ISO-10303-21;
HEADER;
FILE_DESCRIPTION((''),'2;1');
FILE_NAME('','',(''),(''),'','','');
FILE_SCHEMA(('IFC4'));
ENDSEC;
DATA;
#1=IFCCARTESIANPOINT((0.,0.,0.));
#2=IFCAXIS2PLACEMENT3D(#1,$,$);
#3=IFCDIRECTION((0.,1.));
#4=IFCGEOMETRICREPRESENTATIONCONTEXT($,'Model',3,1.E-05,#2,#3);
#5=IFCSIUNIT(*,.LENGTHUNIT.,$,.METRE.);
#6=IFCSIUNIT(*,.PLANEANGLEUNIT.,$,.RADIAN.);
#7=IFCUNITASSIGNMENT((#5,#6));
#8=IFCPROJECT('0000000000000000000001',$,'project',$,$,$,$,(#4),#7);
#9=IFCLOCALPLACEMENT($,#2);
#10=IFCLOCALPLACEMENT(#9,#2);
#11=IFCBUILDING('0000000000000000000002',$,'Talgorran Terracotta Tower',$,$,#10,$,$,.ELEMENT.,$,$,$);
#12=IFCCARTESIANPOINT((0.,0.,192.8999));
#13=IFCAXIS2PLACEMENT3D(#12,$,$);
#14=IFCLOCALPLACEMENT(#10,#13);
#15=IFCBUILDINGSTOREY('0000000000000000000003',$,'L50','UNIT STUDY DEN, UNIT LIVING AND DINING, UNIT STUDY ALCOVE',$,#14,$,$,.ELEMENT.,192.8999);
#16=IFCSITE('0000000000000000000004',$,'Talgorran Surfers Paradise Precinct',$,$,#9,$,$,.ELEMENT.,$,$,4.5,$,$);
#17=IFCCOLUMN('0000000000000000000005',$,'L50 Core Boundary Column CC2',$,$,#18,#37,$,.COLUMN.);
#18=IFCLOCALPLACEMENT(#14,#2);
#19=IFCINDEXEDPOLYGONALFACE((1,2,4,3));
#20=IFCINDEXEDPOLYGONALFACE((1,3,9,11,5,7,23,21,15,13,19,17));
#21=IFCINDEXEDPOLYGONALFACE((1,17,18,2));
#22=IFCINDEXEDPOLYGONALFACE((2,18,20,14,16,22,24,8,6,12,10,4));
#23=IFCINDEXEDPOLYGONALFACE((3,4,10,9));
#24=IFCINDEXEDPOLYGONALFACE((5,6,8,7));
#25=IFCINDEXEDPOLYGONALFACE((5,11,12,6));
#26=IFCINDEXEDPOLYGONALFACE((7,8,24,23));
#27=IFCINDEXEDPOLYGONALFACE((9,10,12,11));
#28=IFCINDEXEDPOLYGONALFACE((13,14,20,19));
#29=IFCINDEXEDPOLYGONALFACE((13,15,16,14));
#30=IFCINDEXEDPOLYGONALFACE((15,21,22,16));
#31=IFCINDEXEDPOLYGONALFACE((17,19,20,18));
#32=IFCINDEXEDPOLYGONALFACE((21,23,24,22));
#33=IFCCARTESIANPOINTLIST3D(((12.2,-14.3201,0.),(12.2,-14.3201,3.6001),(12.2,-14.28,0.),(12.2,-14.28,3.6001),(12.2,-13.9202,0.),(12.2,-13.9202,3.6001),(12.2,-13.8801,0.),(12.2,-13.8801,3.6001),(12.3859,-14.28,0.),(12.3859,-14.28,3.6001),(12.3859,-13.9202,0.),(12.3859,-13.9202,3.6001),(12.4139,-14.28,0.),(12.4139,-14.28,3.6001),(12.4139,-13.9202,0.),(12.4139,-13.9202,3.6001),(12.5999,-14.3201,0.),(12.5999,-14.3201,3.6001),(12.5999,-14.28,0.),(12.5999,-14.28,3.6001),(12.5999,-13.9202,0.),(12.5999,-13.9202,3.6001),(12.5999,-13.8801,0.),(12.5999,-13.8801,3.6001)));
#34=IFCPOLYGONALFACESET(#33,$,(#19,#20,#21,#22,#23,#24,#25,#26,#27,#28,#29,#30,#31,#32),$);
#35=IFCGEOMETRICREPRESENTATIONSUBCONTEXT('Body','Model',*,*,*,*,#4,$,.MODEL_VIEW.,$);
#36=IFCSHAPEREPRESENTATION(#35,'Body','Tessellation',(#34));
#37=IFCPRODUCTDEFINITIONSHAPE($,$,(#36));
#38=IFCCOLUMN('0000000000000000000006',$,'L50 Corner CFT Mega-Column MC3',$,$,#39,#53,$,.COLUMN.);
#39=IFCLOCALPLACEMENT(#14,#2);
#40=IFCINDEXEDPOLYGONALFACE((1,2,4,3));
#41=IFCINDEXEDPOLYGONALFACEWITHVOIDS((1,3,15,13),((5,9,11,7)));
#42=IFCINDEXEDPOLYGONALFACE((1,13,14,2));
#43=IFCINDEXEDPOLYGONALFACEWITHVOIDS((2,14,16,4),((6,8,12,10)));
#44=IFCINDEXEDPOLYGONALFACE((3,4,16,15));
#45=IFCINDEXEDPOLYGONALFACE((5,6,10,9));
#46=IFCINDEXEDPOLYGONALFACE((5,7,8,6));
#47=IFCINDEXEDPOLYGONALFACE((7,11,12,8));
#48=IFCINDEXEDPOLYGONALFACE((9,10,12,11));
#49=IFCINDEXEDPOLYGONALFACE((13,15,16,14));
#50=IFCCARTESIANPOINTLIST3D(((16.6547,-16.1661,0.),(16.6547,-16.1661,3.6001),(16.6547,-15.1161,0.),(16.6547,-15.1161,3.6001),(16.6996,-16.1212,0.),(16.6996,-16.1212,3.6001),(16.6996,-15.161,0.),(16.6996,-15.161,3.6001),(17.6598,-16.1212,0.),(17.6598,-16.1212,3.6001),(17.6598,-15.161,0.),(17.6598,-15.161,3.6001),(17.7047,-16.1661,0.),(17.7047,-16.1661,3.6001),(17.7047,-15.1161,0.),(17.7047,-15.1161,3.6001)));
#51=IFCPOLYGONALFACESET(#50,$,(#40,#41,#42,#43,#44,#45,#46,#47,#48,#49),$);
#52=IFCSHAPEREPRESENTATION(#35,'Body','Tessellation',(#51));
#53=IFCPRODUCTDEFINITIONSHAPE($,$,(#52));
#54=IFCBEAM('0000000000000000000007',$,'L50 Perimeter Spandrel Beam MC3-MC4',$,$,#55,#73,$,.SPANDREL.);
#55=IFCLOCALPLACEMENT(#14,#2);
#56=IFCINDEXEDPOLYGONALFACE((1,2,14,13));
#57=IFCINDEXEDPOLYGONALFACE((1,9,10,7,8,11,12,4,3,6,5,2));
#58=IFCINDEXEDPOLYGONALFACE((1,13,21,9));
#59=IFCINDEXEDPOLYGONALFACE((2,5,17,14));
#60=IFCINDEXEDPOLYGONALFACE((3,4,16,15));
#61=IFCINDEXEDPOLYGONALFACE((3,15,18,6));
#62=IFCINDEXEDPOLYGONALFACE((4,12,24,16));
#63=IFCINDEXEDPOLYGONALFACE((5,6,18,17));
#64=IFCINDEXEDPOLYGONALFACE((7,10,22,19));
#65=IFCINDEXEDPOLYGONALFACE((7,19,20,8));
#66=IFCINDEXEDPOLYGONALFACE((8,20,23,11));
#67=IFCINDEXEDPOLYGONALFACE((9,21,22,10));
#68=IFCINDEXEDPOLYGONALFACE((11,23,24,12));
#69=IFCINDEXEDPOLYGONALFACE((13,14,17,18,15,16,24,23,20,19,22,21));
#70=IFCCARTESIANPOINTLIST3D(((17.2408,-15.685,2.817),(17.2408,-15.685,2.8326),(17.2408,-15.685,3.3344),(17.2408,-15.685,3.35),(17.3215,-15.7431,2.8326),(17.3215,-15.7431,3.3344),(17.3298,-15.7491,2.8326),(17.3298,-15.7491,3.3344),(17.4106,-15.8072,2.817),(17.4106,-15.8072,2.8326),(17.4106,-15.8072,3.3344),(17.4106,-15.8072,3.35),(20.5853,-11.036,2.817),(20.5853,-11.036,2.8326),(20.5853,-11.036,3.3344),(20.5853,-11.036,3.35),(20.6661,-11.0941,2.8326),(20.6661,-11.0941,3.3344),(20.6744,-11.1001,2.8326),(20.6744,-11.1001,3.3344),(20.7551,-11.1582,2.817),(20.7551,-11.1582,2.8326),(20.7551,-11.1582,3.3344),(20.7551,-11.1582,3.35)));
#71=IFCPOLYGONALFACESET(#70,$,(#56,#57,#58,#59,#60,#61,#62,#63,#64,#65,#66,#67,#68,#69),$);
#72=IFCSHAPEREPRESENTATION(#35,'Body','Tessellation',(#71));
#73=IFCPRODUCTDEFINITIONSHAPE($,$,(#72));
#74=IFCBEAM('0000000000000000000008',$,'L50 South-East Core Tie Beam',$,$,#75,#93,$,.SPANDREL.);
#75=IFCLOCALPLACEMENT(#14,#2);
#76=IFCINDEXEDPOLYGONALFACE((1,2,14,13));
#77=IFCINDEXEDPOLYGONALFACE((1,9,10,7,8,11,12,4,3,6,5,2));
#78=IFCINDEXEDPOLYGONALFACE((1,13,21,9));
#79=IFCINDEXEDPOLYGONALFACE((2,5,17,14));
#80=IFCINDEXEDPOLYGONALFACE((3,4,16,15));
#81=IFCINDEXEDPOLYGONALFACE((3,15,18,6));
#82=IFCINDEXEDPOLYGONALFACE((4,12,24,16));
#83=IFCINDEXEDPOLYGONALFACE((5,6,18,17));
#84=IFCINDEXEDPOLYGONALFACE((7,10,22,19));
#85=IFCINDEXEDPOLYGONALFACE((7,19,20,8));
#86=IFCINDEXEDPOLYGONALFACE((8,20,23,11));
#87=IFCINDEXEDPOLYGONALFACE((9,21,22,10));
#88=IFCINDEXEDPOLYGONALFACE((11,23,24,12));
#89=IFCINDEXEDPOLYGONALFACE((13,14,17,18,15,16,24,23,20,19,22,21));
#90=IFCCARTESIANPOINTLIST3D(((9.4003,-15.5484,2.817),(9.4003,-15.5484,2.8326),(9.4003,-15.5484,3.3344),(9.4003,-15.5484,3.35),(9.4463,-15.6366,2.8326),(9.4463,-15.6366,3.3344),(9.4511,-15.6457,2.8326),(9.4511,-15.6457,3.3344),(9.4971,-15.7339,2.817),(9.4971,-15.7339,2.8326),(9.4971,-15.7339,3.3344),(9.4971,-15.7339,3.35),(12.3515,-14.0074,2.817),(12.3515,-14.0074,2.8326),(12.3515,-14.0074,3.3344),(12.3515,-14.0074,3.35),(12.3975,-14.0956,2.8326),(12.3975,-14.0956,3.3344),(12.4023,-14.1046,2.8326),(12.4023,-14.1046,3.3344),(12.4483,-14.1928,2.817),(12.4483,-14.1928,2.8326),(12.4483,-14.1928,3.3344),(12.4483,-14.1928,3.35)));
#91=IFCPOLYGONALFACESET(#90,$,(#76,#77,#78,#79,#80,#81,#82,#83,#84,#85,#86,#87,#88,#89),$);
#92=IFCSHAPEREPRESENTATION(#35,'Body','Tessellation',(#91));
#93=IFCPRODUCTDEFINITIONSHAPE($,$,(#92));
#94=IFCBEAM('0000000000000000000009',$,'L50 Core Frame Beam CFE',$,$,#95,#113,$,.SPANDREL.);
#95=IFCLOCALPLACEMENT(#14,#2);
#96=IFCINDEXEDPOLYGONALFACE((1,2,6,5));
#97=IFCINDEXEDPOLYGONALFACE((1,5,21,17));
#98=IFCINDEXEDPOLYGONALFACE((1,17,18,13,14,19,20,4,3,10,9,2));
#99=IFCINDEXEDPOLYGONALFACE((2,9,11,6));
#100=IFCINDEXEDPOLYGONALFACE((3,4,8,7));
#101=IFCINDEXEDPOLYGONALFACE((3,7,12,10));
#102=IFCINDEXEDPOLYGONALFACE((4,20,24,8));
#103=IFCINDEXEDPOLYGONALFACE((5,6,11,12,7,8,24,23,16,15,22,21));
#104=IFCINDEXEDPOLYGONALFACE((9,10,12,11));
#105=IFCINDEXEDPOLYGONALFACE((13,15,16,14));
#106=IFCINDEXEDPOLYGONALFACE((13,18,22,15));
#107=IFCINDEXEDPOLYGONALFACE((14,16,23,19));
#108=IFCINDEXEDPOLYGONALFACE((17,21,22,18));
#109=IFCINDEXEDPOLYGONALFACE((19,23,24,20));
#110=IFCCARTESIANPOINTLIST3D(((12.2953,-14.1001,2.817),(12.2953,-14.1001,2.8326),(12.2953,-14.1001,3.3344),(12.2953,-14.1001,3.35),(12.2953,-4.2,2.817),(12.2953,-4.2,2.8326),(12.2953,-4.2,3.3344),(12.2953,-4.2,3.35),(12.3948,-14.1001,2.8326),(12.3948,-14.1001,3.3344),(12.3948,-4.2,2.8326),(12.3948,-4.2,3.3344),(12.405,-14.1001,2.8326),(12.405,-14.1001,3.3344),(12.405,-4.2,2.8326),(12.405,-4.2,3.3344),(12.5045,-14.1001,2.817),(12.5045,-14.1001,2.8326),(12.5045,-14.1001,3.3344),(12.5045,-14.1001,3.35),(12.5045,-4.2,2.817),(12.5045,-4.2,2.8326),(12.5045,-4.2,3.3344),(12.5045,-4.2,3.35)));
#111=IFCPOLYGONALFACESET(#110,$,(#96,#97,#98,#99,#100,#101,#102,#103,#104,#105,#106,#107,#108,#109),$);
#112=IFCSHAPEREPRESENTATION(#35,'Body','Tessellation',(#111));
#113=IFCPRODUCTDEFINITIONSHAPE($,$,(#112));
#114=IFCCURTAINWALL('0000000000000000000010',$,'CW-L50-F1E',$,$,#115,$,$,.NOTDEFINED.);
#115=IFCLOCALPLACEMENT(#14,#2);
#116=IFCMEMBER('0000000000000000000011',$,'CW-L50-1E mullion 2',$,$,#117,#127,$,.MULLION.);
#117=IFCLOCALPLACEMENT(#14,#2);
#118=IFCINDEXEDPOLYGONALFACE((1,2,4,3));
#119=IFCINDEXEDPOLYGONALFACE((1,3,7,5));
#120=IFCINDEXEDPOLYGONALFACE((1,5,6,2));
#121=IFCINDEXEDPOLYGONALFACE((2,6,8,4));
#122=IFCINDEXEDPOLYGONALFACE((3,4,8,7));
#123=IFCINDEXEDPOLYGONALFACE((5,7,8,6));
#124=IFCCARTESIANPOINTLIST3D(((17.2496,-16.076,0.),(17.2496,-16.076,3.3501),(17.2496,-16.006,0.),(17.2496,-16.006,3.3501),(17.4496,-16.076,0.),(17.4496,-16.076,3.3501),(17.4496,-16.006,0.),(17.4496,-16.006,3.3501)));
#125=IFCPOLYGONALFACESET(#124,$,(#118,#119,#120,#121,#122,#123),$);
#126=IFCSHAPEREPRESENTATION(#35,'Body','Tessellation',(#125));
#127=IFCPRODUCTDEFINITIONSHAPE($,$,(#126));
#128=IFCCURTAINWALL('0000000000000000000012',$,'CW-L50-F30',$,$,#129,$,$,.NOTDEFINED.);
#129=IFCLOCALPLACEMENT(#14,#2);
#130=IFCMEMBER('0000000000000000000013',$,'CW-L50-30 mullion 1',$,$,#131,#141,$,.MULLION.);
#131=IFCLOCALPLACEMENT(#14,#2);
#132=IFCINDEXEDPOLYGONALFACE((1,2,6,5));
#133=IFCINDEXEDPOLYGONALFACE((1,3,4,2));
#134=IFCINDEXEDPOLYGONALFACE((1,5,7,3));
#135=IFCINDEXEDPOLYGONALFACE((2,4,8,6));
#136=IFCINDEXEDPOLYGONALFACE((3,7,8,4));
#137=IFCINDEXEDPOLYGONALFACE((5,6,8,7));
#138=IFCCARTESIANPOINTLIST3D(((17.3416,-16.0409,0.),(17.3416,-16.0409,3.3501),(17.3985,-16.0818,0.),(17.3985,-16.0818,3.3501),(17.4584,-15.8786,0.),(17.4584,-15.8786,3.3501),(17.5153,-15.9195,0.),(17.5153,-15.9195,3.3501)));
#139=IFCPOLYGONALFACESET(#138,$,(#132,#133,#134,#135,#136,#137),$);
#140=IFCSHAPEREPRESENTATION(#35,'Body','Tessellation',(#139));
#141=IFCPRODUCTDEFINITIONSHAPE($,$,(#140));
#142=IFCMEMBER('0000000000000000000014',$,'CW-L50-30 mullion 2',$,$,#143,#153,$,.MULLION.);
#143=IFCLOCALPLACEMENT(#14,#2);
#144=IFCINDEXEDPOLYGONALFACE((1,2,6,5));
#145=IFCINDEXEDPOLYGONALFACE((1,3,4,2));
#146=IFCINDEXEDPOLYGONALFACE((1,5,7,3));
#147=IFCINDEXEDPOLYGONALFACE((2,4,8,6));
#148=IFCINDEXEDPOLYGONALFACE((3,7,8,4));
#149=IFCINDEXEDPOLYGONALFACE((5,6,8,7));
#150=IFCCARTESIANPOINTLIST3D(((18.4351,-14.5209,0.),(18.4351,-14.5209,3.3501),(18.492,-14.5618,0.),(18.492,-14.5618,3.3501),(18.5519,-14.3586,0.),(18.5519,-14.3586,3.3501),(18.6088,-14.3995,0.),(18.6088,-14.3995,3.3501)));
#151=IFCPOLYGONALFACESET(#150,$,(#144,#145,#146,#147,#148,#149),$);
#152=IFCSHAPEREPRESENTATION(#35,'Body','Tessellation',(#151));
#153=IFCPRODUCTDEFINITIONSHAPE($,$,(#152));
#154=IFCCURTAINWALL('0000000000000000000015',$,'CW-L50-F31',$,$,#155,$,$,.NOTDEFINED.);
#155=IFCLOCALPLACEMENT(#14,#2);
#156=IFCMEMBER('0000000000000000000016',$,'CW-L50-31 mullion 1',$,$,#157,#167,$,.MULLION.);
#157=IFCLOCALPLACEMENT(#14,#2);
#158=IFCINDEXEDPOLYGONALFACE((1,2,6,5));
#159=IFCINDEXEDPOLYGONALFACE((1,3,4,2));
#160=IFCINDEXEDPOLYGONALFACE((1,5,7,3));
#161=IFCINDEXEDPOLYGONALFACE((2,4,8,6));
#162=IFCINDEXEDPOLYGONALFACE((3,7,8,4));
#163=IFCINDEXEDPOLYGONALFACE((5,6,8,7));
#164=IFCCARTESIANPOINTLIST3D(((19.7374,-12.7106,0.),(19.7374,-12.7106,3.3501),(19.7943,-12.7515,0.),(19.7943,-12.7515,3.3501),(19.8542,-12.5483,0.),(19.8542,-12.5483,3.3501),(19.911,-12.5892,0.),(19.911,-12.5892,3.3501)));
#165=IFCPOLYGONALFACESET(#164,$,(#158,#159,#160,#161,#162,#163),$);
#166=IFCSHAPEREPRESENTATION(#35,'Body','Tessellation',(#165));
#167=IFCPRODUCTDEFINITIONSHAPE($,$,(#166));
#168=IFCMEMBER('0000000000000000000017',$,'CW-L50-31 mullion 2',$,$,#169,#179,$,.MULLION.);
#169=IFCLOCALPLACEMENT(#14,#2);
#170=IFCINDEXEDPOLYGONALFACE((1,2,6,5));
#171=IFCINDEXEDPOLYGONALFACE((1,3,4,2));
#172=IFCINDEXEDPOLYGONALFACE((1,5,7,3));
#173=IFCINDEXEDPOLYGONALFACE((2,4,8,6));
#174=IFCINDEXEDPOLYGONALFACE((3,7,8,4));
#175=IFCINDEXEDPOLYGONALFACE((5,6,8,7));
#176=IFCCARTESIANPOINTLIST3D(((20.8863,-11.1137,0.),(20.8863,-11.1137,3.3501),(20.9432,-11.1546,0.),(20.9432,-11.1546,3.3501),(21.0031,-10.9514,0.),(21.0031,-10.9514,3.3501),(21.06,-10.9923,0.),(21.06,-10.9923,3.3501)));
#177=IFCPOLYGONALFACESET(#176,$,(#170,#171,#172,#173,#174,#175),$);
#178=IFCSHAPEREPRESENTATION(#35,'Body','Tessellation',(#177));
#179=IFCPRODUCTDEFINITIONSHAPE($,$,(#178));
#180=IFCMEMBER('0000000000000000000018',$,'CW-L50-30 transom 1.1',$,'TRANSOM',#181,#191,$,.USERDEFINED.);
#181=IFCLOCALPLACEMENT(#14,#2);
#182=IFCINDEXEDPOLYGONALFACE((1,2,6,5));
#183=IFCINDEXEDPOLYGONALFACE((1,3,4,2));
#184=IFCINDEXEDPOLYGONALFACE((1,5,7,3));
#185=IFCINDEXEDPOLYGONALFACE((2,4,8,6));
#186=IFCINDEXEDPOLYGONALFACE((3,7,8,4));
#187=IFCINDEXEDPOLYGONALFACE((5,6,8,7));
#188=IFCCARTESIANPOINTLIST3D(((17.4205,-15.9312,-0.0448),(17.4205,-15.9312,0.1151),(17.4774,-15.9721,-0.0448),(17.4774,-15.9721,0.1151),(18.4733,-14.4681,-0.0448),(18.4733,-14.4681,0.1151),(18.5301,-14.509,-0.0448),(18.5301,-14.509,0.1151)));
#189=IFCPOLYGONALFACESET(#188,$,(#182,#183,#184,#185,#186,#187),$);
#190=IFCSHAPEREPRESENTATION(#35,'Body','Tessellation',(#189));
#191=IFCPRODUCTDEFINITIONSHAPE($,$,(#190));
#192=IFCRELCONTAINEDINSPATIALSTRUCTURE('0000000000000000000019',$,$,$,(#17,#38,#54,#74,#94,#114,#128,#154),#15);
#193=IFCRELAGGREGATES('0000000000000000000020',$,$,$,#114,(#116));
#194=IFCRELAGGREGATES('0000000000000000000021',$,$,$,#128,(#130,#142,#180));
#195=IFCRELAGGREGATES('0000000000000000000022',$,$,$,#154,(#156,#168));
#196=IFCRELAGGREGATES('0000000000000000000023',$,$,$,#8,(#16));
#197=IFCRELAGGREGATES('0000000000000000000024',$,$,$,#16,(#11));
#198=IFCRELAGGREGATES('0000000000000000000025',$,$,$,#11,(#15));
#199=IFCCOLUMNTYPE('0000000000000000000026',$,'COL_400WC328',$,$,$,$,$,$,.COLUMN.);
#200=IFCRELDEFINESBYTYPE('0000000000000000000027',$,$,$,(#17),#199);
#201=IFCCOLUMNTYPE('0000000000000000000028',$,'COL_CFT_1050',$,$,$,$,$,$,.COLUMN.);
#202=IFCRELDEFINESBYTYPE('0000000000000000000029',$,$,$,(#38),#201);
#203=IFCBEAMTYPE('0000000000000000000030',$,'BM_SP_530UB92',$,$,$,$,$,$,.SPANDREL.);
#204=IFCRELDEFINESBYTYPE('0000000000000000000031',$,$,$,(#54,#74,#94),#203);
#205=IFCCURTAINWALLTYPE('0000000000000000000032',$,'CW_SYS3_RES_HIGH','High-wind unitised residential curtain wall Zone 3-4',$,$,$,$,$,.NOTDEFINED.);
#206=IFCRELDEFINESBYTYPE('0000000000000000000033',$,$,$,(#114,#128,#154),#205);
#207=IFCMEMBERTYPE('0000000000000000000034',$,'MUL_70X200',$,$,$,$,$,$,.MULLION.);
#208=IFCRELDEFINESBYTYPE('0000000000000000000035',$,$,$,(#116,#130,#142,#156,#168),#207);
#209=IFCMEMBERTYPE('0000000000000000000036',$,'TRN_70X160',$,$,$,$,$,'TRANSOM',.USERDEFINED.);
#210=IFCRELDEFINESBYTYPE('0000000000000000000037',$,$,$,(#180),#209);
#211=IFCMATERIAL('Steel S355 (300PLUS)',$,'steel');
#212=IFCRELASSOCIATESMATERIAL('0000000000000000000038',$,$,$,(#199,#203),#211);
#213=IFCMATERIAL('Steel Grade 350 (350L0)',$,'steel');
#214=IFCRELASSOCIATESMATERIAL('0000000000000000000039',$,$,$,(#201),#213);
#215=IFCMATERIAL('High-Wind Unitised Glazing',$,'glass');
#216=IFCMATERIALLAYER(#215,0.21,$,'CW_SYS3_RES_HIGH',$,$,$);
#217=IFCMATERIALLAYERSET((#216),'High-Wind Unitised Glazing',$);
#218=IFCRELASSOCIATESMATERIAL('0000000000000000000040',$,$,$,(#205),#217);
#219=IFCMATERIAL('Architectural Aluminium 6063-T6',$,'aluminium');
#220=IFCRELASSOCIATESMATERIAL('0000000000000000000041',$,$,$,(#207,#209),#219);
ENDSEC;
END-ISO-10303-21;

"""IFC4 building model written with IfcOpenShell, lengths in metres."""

from ifc_helpers import new_model, si_unit, direction, frame, origin, origin_2d, place, context, subcontext, project, spatial, rectangle, hollow_rectangle, i_section, extrude, material, layer, layer_set, material_profile, profile_set, type_object, element, aggregate, save


model = new_model("IFC4")

# Units and contexts
model_context = context("Model", 3, precision=1e-05, world=origin(), true_north=direction((0.0, 1.0)))
body_context = subcontext(model_context, "Body", "Model", "MODEL_VIEW")
ifc_project = project(units=[si_unit("LENGTHUNIT", "METRE"), si_unit("PLANEANGLEUNIT", "RADIAN")], contexts=[model_context])

# Site, building, storey
site_placement = place(None, origin())
site = spatial("IfcSite", under=ifc_project, at=site_placement, Name="Talgorran Surfers Paradise Precinct", CompositionType="ELEMENT", RefElevation=4.5)
building_placement = place(site_placement, origin())
building = spatial("IfcBuilding", under=site, at=building_placement, Name="Talgorran Terracotta Tower", CompositionType="ELEMENT")
storey_placement = place(building_placement, frame((0.0, 0.0, 192.8999)))
storey = spatial("IfcBuildingStorey", under=building, at=storey_placement, Name="L50", Description="UNIT STUDY DEN, UNIT LIVING AND DINING, UNIT STUDY ALCOVE", CompositionType="ELEMENT", Elevation=192.8999)

# Columns
ifc_material_1 = material(Name="Steel S355 (300PLUS)", Category="steel")
ifc_material_profile_1 = material_profile(ifc_material_1, i_section(OverallWidth=0.3999, OverallDepth=0.4399, WebThickness=0.0281, FlangeThickness=0.04, at=origin_2d()), Name="400WC328")
ifc_profile_set_1 = profile_set([ifc_material_profile_1], Name="Steel S355 (300PLUS)")
column_type_1 = type_object("IfcColumnType", Name="COL_400WC328", PredefinedType="COLUMN", material=ifc_profile_set_1)
column_1_placement = place(storey_placement, frame((12.3999, -14.1001, 0.0), z_axis=(0.0, 0.0, 1.0), x_axis=(1.0, 0.0, 0.0)))
element("IfcColumn", 1, at=column_1_placement, inside=storey, type_object=column_type_1, Name="L50 Core Boundary Column CC2", PredefinedType="COLUMN", context=body_context, shape_type="SweptSolid", body=[
    extrude(i_section(OverallWidth=0.3999, OverallDepth=0.4399, WebThickness=0.0281, FlangeThickness=0.04, at=origin_2d()), origin(), (0.0, 0.0, 1.0), 3.6001),
])
ifc_material_2 = material(Name="Steel Grade 350 (350L0)", Category="steel")
ifc_material_profile_2 = material_profile(ifc_material_2, hollow_rectangle(XDim=1.05, YDim=1.05, WallThickness=0.0449, at=origin_2d()), Name="CFT1050X1050X45")
ifc_profile_set_2 = profile_set([ifc_material_profile_2], Name="Steel Grade 350 (350L0)")
column_type_2 = type_object("IfcColumnType", Name="COL_CFT_1050", PredefinedType="COLUMN", material=ifc_profile_set_2)
column_2_placement = place(storey_placement, frame((17.1797, -15.6411, 0.0), z_axis=(0.0, 0.0, 1.0), x_axis=(1.0, 0.0, 0.0)))
element("IfcColumn", 2, at=column_2_placement, inside=storey, type_object=column_type_2, Name="L50 Corner CFT Mega-Column MC3", PredefinedType="COLUMN", context=body_context, shape_type="SweptSolid", body=[
    extrude(hollow_rectangle(XDim=1.05, YDim=1.05, WallThickness=0.0449, at=origin_2d()), origin(), (0.0, 0.0, 1.0), 3.6001),
])

# Beams
ifc_material_profile_3 = material_profile(ifc_material_1, i_section(OverallWidth=0.2092, OverallDepth=0.533, WebThickness=0.0103, FlangeThickness=0.0156, at=origin_2d()), Name="530UB92.4")
ifc_profile_set_3 = profile_set([ifc_material_profile_3], Name="Steel S355 (300PLUS)")
beam_type = type_object("IfcBeamType", Name="BM_SP_530UB92", PredefinedType="SPANDREL", material=ifc_profile_set_3)
beam_1_placement = place(storey_placement, frame((17.3257, -15.7461, 3.0835), z_axis=(0.583989, 0.811761, 0.0), x_axis=(-0.811761, 0.583989, 0.0)))
element("IfcBeam", 3, at=beam_1_placement, inside=storey, type_object=beam_type, Name="L50 Perimeter Spandrel Beam MC3-MC4", PredefinedType="SPANDREL", context=body_context, shape_type="SweptSolid", body=[
    extrude(i_section(OverallWidth=0.2092, OverallDepth=0.533, WebThickness=0.0103, FlangeThickness=0.0156, at=origin_2d()), origin(), (0.0, 0.0, 1.0), 5.7271),
])
beam_2_placement = place(storey_placement, frame((12.3999, -14.1001, 3.0835), z_axis=(-0.886428, -0.462867, 0.0), x_axis=(0.462867, -0.886428, 0.0)))
element("IfcBeam", 4, at=beam_2_placement, inside=storey, type_object=beam_type, Name="L50 South-East Core Tie Beam", PredefinedType="SPANDREL", context=body_context, shape_type="SweptSolid", body=[
    extrude(i_section(OverallWidth=0.2092, OverallDepth=0.533, WebThickness=0.0103, FlangeThickness=0.0156, at=origin_2d()), origin(), (0.0, 0.0, 1.0), 3.3293),
])
beam_3_placement = place(storey_placement, frame((12.3999, -14.1001, 3.0835), z_axis=(0.0, 1.0, 0.0), x_axis=(-1.0, 0.0, 0.0)))
element("IfcBeam", 5, at=beam_3_placement, inside=storey, type_object=beam_type, Name="L50 Core Frame Beam CFE", PredefinedType="SPANDREL", context=body_context, shape_type="SweptSolid", body=[
    extrude(i_section(OverallWidth=0.2092, OverallDepth=0.533, WebThickness=0.0103, FlangeThickness=0.0156, at=origin_2d()), origin(), (0.0, 0.0, 1.0), 9.9001),
])

# Curtain wall, member
ifc_material_3 = material(Name="High-Wind Unitised Glazing", Category="glass")
ifc_layer_1 = layer(ifc_material_3, 0.21, Name="CW_SYS3_RES_HIGH")
ifc_layer_set_1 = layer_set([ifc_layer_1], Name="High-Wind Unitised Glazing")
curtain_wall_type = type_object("IfcCurtainWallType", Name="CW_SYS3_RES_HIGH", Description="High-wind unitised residential curtain wall Zone 3-4", PredefinedType="NOTDEFINED", material=ifc_layer_set_1)
curtain_wall_1_placement = place(storey_placement, origin())
curtain_wall_1 = element("IfcCurtainWall", 6, at=curtain_wall_1_placement, inside=storey, type_object=curtain_wall_type, Name="CW-L50-F1E", PredefinedType="NOTDEFINED")
ifc_material_4 = material(Name="Architectural Aluminium 6063-T6", Category="aluminium")
ifc_material_profile_4 = material_profile(ifc_material_4, rectangle(XDim=0.0701, YDim=0.2, at=origin_2d()), Name="CWM70X200")
ifc_profile_set_4 = profile_set([ifc_material_profile_4], Name="Architectural Aluminium 6063-T6")
member_type_1 = type_object("IfcMemberType", Name="MUL_70X200", PredefinedType="MULLION", material=ifc_profile_set_4)
member_1_placement = place(storey_placement, frame((17.3496, -16.041, 0.0), z_axis=(0.0, 0.0, 1.0), x_axis=(0.0, 1.0, 0.0)))
member_1 = element("IfcMember", 7, at=member_1_placement, type_object=member_type_1, Name="CW-L50-1E mullion 2", PredefinedType="MULLION", context=body_context, shape_type="SweptSolid", body=[
    extrude(rectangle(XDim=0.0701, YDim=0.2, at=origin_2d()), origin(), (0.0, 0.0, 1.0), 3.3501),
])

# Curtain walls, members
curtain_wall_2_placement = place(storey_placement, origin())
curtain_wall_2 = element("IfcCurtainWall", 8, at=curtain_wall_2_placement, inside=storey, type_object=curtain_wall_type, Name="CW-L50-F30", PredefinedType="NOTDEFINED")
member_2_placement = place(storey_placement, frame((17.4285, -15.9802, 0.0), z_axis=(0.0, 0.0, 1.0), x_axis=(-0.811771, 0.583976, 0.0)))
member_2 = element("IfcMember", 9, at=member_2_placement, type_object=member_type_1, Name="CW-L50-30 mullion 1", PredefinedType="MULLION", context=body_context, shape_type="SweptSolid", body=[
    extrude(rectangle(XDim=0.0701, YDim=0.2, at=origin_2d()), origin(), (0.0, 0.0, 1.0), 3.3501),
])
member_3_placement = place(storey_placement, frame((18.522, -14.4602, 0.0), z_axis=(0.0, 0.0, 1.0), x_axis=(-0.811771, 0.583976, 0.0)))
member_3 = element("IfcMember", 10, at=member_3_placement, type_object=member_type_1, Name="CW-L50-30 mullion 2", PredefinedType="MULLION", context=body_context, shape_type="SweptSolid", body=[
    extrude(rectangle(XDim=0.0701, YDim=0.2, at=origin_2d()), origin(), (0.0, 0.0, 1.0), 3.3501),
])
curtain_wall_3_placement = place(storey_placement, origin())
curtain_wall_3 = element("IfcCurtainWall", 11, at=curtain_wall_3_placement, inside=storey, type_object=curtain_wall_type, Name="CW-L50-F31", PredefinedType="NOTDEFINED")
member_4_placement = place(storey_placement, frame((19.8242, -12.6499, 0.0), z_axis=(0.0, 0.0, 1.0), x_axis=(-0.811782, 0.583961, 0.0)))
member_4 = element("IfcMember", 12, at=member_4_placement, type_object=member_type_1, Name="CW-L50-31 mullion 1", PredefinedType="MULLION", context=body_context, shape_type="SweptSolid", body=[
    extrude(rectangle(XDim=0.0701, YDim=0.2, at=origin_2d()), origin(), (0.0, 0.0, 1.0), 3.3501),
])
member_5_placement = place(storey_placement, frame((20.9731, -11.053, 0.0), z_axis=(0.0, 0.0, 1.0), x_axis=(-0.811782, 0.583961, 0.0)))
member_5 = element("IfcMember", 13, at=member_5_placement, type_object=member_type_1, Name="CW-L50-31 mullion 2", PredefinedType="MULLION", context=body_context, shape_type="SweptSolid", body=[
    extrude(rectangle(XDim=0.0701, YDim=0.2, at=origin_2d()), origin(), (0.0, 0.0, 1.0), 3.3501),
])

# Member
ifc_material_profile_5 = material_profile(ifc_material_4, rectangle(XDim=0.0701, YDim=0.1599, at=origin_2d()), Name="CWT70X160")
ifc_profile_set_5 = profile_set([ifc_material_profile_5], Name="Architectural Aluminium 6063-T6")
member_type_2 = type_object("IfcMemberType", Name="TRN_70X160", ElementType="TRANSOM", PredefinedType="USERDEFINED", material=ifc_profile_set_5)
member_6_placement = place(storey_placement, frame((17.449, -15.9517, 0.0352), z_axis=(0.584041, 0.811724, 0.0), x_axis=(-0.811724, 0.584041, 0.0)))
member_6 = element("IfcMember", 14, at=member_6_placement, type_object=member_type_2, Name="CW-L50-30 transom 1.1", ObjectType="TRANSOM", PredefinedType="USERDEFINED", context=body_context, shape_type="SweptSolid", body=[
    extrude(rectangle(XDim=0.0701, YDim=0.1599, at=origin_2d()), origin(), (0.0, 0.0, 1.0), 1.8025),
])

aggregate(curtain_wall_1, [member_1])
aggregate(curtain_wall_2, [member_2, member_3, member_6])
aggregate(curtain_wall_3, [member_4, member_5])

save(model, "model.ifc")
